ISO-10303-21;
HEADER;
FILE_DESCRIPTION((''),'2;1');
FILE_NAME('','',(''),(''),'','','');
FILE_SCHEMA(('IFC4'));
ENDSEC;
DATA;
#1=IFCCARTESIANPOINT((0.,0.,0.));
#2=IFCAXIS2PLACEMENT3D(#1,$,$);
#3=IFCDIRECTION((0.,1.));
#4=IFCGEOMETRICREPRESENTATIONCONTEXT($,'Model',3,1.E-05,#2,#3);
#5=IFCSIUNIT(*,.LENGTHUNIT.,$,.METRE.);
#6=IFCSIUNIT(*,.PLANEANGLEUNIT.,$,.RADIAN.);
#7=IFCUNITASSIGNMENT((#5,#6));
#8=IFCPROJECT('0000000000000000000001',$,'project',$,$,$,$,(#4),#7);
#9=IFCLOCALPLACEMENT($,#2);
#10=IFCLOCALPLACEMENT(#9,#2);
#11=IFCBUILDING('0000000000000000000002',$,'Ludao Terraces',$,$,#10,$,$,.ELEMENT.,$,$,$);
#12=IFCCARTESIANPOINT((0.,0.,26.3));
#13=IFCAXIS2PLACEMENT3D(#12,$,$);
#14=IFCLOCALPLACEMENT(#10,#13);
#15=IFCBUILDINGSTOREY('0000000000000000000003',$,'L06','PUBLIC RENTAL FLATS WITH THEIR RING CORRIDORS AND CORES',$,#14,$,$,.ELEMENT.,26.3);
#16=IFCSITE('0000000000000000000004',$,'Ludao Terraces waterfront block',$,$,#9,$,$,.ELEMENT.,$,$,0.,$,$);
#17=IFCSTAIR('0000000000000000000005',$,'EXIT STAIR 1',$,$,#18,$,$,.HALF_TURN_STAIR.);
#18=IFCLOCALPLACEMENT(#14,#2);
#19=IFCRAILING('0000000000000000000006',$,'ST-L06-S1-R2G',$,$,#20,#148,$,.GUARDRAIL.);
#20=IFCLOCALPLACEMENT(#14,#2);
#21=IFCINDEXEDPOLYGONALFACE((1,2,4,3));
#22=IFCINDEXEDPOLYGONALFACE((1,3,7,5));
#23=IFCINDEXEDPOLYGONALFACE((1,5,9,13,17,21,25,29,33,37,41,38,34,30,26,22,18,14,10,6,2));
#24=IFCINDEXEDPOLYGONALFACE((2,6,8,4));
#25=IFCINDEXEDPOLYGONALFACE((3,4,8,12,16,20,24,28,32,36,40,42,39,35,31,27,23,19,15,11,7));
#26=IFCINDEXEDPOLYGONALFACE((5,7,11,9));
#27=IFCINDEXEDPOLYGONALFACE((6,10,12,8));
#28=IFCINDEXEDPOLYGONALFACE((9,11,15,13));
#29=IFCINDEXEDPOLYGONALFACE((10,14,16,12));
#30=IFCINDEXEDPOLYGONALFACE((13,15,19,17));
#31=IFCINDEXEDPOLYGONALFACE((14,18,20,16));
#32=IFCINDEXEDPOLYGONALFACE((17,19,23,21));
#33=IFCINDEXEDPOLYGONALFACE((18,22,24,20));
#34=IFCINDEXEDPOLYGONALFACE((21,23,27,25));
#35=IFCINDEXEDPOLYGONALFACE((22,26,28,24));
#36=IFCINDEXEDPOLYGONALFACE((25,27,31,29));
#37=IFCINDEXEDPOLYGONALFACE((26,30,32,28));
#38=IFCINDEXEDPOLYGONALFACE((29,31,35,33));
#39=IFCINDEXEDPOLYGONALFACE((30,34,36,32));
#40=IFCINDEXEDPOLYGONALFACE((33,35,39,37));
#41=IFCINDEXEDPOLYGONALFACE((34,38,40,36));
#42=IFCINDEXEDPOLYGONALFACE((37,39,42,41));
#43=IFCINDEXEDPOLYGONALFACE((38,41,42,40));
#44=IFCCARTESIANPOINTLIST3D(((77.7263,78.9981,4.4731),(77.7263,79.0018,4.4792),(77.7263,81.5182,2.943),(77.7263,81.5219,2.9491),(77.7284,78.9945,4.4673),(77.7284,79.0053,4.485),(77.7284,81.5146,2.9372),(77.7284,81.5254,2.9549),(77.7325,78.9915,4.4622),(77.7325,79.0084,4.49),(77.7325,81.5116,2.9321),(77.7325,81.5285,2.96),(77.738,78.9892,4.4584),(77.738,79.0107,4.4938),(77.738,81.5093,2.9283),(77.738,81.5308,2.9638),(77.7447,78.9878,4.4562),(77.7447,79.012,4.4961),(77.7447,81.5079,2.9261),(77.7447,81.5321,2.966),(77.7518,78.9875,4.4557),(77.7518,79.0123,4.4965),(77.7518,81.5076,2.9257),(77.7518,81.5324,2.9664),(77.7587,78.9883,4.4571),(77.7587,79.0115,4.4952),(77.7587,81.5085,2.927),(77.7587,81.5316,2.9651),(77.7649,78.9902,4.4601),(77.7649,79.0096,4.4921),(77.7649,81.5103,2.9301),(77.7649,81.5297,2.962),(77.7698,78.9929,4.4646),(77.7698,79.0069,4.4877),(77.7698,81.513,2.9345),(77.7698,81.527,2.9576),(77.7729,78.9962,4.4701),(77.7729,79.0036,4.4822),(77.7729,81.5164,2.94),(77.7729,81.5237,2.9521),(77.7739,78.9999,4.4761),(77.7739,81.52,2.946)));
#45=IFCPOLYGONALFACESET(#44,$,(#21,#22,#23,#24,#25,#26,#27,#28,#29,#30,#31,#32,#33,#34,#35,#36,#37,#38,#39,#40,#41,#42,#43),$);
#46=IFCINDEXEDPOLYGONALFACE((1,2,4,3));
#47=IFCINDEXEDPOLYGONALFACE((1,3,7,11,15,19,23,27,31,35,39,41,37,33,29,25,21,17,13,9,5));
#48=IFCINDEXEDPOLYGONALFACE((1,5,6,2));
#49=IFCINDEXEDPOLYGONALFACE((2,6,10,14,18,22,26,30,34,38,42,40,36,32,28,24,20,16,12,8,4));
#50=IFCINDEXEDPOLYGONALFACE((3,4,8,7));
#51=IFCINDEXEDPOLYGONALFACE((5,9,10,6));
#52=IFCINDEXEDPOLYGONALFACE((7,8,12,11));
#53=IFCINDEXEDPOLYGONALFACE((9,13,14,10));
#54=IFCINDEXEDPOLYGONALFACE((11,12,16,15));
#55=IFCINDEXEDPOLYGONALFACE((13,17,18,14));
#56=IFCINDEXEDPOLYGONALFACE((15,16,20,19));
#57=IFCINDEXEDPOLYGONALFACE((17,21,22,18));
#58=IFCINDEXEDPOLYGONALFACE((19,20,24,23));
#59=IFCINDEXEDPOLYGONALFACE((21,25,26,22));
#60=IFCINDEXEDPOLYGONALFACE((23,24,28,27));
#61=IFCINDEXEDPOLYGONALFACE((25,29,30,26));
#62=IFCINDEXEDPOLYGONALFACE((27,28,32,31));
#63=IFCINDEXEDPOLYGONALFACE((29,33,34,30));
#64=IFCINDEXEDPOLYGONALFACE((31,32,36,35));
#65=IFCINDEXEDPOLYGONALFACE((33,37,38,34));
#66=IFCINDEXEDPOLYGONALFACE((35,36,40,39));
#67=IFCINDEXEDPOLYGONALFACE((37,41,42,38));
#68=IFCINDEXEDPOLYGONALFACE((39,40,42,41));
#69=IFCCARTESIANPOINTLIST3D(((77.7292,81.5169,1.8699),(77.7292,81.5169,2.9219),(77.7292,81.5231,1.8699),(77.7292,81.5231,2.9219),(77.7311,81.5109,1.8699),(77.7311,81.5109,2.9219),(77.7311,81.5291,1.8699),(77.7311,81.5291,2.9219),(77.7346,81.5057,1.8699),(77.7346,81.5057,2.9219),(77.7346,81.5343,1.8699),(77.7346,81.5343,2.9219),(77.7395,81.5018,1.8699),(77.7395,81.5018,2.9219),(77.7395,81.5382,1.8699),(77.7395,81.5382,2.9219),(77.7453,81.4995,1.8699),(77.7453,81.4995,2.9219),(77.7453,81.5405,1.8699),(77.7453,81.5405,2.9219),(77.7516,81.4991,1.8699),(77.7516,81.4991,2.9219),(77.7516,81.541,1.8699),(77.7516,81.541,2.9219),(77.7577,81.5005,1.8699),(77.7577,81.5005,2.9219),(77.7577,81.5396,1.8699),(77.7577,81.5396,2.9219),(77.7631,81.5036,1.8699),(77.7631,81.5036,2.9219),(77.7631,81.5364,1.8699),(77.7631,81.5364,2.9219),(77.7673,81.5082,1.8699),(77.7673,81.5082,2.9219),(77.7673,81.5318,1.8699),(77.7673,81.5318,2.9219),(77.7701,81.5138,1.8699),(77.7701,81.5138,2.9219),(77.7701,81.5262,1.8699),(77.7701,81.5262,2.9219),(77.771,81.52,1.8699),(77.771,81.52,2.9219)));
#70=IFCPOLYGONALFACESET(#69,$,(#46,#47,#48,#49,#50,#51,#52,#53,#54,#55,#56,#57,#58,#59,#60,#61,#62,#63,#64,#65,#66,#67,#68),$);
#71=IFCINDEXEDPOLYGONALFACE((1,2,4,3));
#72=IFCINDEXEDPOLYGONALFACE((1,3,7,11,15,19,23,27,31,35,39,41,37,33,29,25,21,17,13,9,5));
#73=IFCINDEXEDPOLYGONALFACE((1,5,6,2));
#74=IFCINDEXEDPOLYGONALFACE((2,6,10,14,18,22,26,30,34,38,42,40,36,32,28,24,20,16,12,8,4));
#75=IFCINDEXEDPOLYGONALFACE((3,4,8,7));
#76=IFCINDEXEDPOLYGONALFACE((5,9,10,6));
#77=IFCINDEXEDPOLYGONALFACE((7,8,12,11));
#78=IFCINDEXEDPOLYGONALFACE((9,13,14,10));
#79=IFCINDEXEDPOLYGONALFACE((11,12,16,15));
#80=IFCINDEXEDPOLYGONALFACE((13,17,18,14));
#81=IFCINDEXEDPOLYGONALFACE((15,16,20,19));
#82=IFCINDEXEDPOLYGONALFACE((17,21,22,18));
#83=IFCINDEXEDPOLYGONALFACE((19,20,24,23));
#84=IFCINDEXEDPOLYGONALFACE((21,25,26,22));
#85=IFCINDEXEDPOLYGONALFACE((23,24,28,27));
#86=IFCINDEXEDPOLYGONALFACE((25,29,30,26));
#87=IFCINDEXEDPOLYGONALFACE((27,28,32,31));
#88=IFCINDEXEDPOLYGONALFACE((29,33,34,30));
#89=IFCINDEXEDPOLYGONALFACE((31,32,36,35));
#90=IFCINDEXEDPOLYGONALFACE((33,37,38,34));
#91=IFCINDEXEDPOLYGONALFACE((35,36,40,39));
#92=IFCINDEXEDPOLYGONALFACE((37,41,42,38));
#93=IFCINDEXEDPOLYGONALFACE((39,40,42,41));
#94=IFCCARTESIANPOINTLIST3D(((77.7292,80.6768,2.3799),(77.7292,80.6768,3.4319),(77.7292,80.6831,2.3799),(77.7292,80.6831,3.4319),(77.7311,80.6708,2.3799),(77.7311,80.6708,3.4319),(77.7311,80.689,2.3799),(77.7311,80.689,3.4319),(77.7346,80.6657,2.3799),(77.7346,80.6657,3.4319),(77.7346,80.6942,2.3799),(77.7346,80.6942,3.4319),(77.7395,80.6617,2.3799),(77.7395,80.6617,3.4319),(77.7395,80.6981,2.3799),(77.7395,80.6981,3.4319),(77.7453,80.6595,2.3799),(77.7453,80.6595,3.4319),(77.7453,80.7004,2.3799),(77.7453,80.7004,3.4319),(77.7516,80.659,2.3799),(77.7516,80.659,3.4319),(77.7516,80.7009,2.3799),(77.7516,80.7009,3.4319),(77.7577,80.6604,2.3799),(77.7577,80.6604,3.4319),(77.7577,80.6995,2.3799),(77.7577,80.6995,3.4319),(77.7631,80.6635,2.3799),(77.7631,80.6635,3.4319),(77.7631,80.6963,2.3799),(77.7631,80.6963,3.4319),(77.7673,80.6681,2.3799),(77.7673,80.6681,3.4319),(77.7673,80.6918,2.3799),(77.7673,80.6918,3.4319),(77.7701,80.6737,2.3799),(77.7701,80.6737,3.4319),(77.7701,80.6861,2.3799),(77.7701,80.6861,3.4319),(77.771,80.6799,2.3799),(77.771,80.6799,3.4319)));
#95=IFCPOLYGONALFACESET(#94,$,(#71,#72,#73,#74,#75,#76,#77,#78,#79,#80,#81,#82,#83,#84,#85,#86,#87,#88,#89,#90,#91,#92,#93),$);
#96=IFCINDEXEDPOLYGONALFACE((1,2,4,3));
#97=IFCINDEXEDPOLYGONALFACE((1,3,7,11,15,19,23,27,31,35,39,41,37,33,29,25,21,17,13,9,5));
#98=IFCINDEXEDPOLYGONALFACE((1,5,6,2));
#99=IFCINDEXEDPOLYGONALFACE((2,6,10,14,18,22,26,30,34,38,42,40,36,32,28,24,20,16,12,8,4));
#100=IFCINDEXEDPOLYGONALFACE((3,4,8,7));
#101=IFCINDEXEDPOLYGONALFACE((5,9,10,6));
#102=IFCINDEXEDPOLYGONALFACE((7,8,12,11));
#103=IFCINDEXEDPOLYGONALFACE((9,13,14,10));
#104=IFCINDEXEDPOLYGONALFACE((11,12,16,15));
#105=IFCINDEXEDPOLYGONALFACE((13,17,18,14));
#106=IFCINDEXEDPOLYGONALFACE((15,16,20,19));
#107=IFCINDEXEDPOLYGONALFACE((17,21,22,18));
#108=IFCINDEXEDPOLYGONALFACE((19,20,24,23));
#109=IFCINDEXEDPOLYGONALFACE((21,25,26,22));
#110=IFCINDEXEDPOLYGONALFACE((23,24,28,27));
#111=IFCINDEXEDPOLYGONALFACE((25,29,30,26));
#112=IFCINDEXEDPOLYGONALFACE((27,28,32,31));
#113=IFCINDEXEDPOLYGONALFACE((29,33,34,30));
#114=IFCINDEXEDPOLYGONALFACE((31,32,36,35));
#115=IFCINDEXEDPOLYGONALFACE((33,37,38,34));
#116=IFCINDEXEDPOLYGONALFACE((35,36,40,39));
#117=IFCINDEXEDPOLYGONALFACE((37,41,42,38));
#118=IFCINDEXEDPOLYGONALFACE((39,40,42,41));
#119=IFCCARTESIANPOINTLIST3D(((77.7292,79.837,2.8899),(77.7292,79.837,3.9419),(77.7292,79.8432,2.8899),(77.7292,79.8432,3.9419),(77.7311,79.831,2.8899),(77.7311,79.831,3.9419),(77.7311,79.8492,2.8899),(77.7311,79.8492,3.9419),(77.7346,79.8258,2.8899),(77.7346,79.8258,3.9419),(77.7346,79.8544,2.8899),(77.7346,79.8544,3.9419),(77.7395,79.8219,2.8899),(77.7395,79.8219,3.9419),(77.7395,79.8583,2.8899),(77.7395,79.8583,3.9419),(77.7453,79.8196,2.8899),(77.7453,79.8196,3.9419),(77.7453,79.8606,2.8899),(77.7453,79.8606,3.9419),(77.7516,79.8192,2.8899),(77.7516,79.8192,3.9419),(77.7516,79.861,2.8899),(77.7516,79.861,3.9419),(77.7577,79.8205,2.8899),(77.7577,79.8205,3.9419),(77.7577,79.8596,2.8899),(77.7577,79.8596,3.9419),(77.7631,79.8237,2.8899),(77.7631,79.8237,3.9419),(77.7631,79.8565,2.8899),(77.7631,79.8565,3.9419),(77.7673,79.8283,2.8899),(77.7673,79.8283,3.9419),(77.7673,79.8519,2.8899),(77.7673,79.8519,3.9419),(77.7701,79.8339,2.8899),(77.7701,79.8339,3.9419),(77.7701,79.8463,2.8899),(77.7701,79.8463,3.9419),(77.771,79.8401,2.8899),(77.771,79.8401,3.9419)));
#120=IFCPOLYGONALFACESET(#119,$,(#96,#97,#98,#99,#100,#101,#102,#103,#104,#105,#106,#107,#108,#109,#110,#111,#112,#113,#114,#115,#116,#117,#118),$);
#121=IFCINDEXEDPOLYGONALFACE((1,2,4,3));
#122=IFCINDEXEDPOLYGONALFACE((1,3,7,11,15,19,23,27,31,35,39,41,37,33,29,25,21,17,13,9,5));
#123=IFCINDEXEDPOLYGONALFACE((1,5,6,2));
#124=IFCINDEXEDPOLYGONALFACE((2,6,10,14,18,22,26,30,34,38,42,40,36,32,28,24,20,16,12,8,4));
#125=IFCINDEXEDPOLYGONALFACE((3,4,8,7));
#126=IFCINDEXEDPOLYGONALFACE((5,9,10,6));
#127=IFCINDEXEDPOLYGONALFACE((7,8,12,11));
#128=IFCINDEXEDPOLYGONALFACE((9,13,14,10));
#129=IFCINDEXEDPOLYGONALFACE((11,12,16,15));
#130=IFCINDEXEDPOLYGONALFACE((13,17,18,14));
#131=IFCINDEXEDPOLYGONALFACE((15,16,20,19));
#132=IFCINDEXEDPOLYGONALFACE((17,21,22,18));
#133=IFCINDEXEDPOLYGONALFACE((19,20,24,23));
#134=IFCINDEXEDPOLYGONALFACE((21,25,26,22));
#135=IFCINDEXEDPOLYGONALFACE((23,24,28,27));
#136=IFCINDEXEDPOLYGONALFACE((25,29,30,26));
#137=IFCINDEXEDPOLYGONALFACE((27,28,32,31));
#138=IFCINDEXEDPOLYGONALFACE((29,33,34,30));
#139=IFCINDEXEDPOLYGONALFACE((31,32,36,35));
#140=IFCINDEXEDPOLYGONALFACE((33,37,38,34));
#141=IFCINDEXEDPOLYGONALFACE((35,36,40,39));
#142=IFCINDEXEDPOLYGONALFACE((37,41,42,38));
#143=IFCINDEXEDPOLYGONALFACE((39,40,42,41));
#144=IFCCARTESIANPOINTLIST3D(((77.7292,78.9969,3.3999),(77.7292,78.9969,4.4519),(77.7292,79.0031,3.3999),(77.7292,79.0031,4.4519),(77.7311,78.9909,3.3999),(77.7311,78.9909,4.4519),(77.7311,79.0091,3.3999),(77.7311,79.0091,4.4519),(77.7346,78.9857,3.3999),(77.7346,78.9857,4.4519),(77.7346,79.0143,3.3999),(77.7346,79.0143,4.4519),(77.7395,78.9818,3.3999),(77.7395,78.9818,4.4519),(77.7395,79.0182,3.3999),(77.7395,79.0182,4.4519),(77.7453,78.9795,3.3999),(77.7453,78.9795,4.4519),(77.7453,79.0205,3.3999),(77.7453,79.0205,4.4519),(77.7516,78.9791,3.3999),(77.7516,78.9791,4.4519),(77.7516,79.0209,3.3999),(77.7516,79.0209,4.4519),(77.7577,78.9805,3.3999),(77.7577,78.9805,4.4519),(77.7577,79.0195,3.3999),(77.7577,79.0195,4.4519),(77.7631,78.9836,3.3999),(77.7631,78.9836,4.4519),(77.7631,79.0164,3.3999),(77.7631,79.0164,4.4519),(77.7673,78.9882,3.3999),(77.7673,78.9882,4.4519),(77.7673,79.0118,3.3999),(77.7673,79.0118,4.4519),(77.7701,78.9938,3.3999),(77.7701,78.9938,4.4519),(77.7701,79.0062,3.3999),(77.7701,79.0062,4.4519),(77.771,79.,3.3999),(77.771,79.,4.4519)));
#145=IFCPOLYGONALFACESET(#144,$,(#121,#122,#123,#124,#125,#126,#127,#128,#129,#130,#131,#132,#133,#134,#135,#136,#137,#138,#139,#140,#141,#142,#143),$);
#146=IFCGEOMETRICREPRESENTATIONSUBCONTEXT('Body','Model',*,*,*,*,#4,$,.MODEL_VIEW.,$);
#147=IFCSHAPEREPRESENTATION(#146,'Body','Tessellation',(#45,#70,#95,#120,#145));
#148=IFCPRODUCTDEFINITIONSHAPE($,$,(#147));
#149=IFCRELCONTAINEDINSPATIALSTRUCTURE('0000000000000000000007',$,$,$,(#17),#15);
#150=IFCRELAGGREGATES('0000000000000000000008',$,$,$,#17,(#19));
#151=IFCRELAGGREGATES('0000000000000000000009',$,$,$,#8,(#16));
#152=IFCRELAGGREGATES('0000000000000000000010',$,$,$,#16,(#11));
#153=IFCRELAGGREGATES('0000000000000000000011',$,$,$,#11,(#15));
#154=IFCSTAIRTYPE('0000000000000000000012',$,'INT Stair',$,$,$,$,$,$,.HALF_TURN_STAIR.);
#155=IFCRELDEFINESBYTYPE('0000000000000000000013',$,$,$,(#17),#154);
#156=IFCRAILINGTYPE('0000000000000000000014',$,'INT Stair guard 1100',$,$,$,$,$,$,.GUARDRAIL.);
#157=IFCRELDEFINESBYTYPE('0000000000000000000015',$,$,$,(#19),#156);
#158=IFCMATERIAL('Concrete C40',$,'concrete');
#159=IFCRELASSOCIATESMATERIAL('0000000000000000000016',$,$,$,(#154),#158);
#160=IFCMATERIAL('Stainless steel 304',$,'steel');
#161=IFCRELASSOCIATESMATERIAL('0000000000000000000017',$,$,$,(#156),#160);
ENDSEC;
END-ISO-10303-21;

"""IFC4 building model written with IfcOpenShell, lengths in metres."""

from ifc_helpers import new_model, si_unit, direction, frame, origin, origin_2d, place, context, subcontext, project, spatial, circle, extrude, material, type_object, element, aggregate, save


model = new_model("IFC4")

# Units and contexts
model_context = context("Model", 3, precision=1e-05, world=origin(), true_north=direction((0.0, 1.0)))
body_context = subcontext(model_context, "Body", "Model", "MODEL_VIEW")
ifc_project = project(units=[si_unit("LENGTHUNIT", "METRE"), si_unit("PLANEANGLEUNIT", "RADIAN")], contexts=[model_context])

# Site, building, storey
site_placement = place(None, origin())
site = spatial("IfcSite", under=ifc_project, at=site_placement, Name="Ludao Terraces waterfront block", CompositionType="ELEMENT", RefElevation=0.0)
building_placement = place(site_placement, origin())
building = spatial("IfcBuilding", under=site, at=building_placement, Name="Ludao Terraces", CompositionType="ELEMENT")
storey_placement = place(building_placement, frame((0.0, 0.0, 26.3)))
storey = spatial("IfcBuildingStorey", under=building, at=storey_placement, Name="L06", Description="PUBLIC RENTAL FLATS WITH THEIR RING CORRIDORS AND CORES", CompositionType="ELEMENT", Elevation=26.3)

# Stair, railing
ifc_material_1 = material(Name="Concrete C40", Category="concrete")
stair_type = type_object("IfcStairType", Name="INT Stair", PredefinedType="HALF_TURN_STAIR", material=ifc_material_1)
stair_placement = place(storey_placement, origin())
stair = element("IfcStair", 1, at=stair_placement, inside=storey, type_object=stair_type, Name="EXIT STAIR 1", PredefinedType="HALF_TURN_STAIR")
ifc_material_2 = material(Name="Stainless steel 304", Category="steel")
railing_type_1 = type_object("IfcRailingType", Name="INT Stair guard 1100", PredefinedType="GUARDRAIL", material=ifc_material_2)
railing_1_placement = place(storey_placement, frame((77.75, 81.52, 1.8699)))
railing_1 = element("IfcRailing", 2, at=railing_1_placement, type_object=railing_type_1, Name="ST-L06-S1-R2G", PredefinedType="GUARDRAIL", context=body_context, shape_type="SweptSolid", body=[
    extrude(circle(Radius=0.0239, at=origin_2d()), frame((0.0, 0.0, 1.0762), z_axis=(0.0, -0.854785, 0.518982), x_axis=(1.0, 0.0, 0.0)), (0.0, 0.0, 1.0), 2.9482),
    extrude(circle(Radius=0.021, at=origin_2d()), origin(), (0.0, 0.0, 1.0), 1.052),
    extrude(circle(Radius=0.021, at=origin_2d()), frame((0.0, -0.8401, 0.51)), (0.0, 0.0, 1.0), 1.052),
    extrude(circle(Radius=0.021, at=origin_2d()), frame((0.0, -1.6799, 1.02)), (0.0, 0.0, 1.0), 1.052),
    extrude(circle(Radius=0.021, at=origin_2d()), frame((0.0, -2.52, 1.53)), (0.0, 0.0, 1.0), 1.052),
])
aggregate(stair, [railing_1])

save(model, "model.ifc")
